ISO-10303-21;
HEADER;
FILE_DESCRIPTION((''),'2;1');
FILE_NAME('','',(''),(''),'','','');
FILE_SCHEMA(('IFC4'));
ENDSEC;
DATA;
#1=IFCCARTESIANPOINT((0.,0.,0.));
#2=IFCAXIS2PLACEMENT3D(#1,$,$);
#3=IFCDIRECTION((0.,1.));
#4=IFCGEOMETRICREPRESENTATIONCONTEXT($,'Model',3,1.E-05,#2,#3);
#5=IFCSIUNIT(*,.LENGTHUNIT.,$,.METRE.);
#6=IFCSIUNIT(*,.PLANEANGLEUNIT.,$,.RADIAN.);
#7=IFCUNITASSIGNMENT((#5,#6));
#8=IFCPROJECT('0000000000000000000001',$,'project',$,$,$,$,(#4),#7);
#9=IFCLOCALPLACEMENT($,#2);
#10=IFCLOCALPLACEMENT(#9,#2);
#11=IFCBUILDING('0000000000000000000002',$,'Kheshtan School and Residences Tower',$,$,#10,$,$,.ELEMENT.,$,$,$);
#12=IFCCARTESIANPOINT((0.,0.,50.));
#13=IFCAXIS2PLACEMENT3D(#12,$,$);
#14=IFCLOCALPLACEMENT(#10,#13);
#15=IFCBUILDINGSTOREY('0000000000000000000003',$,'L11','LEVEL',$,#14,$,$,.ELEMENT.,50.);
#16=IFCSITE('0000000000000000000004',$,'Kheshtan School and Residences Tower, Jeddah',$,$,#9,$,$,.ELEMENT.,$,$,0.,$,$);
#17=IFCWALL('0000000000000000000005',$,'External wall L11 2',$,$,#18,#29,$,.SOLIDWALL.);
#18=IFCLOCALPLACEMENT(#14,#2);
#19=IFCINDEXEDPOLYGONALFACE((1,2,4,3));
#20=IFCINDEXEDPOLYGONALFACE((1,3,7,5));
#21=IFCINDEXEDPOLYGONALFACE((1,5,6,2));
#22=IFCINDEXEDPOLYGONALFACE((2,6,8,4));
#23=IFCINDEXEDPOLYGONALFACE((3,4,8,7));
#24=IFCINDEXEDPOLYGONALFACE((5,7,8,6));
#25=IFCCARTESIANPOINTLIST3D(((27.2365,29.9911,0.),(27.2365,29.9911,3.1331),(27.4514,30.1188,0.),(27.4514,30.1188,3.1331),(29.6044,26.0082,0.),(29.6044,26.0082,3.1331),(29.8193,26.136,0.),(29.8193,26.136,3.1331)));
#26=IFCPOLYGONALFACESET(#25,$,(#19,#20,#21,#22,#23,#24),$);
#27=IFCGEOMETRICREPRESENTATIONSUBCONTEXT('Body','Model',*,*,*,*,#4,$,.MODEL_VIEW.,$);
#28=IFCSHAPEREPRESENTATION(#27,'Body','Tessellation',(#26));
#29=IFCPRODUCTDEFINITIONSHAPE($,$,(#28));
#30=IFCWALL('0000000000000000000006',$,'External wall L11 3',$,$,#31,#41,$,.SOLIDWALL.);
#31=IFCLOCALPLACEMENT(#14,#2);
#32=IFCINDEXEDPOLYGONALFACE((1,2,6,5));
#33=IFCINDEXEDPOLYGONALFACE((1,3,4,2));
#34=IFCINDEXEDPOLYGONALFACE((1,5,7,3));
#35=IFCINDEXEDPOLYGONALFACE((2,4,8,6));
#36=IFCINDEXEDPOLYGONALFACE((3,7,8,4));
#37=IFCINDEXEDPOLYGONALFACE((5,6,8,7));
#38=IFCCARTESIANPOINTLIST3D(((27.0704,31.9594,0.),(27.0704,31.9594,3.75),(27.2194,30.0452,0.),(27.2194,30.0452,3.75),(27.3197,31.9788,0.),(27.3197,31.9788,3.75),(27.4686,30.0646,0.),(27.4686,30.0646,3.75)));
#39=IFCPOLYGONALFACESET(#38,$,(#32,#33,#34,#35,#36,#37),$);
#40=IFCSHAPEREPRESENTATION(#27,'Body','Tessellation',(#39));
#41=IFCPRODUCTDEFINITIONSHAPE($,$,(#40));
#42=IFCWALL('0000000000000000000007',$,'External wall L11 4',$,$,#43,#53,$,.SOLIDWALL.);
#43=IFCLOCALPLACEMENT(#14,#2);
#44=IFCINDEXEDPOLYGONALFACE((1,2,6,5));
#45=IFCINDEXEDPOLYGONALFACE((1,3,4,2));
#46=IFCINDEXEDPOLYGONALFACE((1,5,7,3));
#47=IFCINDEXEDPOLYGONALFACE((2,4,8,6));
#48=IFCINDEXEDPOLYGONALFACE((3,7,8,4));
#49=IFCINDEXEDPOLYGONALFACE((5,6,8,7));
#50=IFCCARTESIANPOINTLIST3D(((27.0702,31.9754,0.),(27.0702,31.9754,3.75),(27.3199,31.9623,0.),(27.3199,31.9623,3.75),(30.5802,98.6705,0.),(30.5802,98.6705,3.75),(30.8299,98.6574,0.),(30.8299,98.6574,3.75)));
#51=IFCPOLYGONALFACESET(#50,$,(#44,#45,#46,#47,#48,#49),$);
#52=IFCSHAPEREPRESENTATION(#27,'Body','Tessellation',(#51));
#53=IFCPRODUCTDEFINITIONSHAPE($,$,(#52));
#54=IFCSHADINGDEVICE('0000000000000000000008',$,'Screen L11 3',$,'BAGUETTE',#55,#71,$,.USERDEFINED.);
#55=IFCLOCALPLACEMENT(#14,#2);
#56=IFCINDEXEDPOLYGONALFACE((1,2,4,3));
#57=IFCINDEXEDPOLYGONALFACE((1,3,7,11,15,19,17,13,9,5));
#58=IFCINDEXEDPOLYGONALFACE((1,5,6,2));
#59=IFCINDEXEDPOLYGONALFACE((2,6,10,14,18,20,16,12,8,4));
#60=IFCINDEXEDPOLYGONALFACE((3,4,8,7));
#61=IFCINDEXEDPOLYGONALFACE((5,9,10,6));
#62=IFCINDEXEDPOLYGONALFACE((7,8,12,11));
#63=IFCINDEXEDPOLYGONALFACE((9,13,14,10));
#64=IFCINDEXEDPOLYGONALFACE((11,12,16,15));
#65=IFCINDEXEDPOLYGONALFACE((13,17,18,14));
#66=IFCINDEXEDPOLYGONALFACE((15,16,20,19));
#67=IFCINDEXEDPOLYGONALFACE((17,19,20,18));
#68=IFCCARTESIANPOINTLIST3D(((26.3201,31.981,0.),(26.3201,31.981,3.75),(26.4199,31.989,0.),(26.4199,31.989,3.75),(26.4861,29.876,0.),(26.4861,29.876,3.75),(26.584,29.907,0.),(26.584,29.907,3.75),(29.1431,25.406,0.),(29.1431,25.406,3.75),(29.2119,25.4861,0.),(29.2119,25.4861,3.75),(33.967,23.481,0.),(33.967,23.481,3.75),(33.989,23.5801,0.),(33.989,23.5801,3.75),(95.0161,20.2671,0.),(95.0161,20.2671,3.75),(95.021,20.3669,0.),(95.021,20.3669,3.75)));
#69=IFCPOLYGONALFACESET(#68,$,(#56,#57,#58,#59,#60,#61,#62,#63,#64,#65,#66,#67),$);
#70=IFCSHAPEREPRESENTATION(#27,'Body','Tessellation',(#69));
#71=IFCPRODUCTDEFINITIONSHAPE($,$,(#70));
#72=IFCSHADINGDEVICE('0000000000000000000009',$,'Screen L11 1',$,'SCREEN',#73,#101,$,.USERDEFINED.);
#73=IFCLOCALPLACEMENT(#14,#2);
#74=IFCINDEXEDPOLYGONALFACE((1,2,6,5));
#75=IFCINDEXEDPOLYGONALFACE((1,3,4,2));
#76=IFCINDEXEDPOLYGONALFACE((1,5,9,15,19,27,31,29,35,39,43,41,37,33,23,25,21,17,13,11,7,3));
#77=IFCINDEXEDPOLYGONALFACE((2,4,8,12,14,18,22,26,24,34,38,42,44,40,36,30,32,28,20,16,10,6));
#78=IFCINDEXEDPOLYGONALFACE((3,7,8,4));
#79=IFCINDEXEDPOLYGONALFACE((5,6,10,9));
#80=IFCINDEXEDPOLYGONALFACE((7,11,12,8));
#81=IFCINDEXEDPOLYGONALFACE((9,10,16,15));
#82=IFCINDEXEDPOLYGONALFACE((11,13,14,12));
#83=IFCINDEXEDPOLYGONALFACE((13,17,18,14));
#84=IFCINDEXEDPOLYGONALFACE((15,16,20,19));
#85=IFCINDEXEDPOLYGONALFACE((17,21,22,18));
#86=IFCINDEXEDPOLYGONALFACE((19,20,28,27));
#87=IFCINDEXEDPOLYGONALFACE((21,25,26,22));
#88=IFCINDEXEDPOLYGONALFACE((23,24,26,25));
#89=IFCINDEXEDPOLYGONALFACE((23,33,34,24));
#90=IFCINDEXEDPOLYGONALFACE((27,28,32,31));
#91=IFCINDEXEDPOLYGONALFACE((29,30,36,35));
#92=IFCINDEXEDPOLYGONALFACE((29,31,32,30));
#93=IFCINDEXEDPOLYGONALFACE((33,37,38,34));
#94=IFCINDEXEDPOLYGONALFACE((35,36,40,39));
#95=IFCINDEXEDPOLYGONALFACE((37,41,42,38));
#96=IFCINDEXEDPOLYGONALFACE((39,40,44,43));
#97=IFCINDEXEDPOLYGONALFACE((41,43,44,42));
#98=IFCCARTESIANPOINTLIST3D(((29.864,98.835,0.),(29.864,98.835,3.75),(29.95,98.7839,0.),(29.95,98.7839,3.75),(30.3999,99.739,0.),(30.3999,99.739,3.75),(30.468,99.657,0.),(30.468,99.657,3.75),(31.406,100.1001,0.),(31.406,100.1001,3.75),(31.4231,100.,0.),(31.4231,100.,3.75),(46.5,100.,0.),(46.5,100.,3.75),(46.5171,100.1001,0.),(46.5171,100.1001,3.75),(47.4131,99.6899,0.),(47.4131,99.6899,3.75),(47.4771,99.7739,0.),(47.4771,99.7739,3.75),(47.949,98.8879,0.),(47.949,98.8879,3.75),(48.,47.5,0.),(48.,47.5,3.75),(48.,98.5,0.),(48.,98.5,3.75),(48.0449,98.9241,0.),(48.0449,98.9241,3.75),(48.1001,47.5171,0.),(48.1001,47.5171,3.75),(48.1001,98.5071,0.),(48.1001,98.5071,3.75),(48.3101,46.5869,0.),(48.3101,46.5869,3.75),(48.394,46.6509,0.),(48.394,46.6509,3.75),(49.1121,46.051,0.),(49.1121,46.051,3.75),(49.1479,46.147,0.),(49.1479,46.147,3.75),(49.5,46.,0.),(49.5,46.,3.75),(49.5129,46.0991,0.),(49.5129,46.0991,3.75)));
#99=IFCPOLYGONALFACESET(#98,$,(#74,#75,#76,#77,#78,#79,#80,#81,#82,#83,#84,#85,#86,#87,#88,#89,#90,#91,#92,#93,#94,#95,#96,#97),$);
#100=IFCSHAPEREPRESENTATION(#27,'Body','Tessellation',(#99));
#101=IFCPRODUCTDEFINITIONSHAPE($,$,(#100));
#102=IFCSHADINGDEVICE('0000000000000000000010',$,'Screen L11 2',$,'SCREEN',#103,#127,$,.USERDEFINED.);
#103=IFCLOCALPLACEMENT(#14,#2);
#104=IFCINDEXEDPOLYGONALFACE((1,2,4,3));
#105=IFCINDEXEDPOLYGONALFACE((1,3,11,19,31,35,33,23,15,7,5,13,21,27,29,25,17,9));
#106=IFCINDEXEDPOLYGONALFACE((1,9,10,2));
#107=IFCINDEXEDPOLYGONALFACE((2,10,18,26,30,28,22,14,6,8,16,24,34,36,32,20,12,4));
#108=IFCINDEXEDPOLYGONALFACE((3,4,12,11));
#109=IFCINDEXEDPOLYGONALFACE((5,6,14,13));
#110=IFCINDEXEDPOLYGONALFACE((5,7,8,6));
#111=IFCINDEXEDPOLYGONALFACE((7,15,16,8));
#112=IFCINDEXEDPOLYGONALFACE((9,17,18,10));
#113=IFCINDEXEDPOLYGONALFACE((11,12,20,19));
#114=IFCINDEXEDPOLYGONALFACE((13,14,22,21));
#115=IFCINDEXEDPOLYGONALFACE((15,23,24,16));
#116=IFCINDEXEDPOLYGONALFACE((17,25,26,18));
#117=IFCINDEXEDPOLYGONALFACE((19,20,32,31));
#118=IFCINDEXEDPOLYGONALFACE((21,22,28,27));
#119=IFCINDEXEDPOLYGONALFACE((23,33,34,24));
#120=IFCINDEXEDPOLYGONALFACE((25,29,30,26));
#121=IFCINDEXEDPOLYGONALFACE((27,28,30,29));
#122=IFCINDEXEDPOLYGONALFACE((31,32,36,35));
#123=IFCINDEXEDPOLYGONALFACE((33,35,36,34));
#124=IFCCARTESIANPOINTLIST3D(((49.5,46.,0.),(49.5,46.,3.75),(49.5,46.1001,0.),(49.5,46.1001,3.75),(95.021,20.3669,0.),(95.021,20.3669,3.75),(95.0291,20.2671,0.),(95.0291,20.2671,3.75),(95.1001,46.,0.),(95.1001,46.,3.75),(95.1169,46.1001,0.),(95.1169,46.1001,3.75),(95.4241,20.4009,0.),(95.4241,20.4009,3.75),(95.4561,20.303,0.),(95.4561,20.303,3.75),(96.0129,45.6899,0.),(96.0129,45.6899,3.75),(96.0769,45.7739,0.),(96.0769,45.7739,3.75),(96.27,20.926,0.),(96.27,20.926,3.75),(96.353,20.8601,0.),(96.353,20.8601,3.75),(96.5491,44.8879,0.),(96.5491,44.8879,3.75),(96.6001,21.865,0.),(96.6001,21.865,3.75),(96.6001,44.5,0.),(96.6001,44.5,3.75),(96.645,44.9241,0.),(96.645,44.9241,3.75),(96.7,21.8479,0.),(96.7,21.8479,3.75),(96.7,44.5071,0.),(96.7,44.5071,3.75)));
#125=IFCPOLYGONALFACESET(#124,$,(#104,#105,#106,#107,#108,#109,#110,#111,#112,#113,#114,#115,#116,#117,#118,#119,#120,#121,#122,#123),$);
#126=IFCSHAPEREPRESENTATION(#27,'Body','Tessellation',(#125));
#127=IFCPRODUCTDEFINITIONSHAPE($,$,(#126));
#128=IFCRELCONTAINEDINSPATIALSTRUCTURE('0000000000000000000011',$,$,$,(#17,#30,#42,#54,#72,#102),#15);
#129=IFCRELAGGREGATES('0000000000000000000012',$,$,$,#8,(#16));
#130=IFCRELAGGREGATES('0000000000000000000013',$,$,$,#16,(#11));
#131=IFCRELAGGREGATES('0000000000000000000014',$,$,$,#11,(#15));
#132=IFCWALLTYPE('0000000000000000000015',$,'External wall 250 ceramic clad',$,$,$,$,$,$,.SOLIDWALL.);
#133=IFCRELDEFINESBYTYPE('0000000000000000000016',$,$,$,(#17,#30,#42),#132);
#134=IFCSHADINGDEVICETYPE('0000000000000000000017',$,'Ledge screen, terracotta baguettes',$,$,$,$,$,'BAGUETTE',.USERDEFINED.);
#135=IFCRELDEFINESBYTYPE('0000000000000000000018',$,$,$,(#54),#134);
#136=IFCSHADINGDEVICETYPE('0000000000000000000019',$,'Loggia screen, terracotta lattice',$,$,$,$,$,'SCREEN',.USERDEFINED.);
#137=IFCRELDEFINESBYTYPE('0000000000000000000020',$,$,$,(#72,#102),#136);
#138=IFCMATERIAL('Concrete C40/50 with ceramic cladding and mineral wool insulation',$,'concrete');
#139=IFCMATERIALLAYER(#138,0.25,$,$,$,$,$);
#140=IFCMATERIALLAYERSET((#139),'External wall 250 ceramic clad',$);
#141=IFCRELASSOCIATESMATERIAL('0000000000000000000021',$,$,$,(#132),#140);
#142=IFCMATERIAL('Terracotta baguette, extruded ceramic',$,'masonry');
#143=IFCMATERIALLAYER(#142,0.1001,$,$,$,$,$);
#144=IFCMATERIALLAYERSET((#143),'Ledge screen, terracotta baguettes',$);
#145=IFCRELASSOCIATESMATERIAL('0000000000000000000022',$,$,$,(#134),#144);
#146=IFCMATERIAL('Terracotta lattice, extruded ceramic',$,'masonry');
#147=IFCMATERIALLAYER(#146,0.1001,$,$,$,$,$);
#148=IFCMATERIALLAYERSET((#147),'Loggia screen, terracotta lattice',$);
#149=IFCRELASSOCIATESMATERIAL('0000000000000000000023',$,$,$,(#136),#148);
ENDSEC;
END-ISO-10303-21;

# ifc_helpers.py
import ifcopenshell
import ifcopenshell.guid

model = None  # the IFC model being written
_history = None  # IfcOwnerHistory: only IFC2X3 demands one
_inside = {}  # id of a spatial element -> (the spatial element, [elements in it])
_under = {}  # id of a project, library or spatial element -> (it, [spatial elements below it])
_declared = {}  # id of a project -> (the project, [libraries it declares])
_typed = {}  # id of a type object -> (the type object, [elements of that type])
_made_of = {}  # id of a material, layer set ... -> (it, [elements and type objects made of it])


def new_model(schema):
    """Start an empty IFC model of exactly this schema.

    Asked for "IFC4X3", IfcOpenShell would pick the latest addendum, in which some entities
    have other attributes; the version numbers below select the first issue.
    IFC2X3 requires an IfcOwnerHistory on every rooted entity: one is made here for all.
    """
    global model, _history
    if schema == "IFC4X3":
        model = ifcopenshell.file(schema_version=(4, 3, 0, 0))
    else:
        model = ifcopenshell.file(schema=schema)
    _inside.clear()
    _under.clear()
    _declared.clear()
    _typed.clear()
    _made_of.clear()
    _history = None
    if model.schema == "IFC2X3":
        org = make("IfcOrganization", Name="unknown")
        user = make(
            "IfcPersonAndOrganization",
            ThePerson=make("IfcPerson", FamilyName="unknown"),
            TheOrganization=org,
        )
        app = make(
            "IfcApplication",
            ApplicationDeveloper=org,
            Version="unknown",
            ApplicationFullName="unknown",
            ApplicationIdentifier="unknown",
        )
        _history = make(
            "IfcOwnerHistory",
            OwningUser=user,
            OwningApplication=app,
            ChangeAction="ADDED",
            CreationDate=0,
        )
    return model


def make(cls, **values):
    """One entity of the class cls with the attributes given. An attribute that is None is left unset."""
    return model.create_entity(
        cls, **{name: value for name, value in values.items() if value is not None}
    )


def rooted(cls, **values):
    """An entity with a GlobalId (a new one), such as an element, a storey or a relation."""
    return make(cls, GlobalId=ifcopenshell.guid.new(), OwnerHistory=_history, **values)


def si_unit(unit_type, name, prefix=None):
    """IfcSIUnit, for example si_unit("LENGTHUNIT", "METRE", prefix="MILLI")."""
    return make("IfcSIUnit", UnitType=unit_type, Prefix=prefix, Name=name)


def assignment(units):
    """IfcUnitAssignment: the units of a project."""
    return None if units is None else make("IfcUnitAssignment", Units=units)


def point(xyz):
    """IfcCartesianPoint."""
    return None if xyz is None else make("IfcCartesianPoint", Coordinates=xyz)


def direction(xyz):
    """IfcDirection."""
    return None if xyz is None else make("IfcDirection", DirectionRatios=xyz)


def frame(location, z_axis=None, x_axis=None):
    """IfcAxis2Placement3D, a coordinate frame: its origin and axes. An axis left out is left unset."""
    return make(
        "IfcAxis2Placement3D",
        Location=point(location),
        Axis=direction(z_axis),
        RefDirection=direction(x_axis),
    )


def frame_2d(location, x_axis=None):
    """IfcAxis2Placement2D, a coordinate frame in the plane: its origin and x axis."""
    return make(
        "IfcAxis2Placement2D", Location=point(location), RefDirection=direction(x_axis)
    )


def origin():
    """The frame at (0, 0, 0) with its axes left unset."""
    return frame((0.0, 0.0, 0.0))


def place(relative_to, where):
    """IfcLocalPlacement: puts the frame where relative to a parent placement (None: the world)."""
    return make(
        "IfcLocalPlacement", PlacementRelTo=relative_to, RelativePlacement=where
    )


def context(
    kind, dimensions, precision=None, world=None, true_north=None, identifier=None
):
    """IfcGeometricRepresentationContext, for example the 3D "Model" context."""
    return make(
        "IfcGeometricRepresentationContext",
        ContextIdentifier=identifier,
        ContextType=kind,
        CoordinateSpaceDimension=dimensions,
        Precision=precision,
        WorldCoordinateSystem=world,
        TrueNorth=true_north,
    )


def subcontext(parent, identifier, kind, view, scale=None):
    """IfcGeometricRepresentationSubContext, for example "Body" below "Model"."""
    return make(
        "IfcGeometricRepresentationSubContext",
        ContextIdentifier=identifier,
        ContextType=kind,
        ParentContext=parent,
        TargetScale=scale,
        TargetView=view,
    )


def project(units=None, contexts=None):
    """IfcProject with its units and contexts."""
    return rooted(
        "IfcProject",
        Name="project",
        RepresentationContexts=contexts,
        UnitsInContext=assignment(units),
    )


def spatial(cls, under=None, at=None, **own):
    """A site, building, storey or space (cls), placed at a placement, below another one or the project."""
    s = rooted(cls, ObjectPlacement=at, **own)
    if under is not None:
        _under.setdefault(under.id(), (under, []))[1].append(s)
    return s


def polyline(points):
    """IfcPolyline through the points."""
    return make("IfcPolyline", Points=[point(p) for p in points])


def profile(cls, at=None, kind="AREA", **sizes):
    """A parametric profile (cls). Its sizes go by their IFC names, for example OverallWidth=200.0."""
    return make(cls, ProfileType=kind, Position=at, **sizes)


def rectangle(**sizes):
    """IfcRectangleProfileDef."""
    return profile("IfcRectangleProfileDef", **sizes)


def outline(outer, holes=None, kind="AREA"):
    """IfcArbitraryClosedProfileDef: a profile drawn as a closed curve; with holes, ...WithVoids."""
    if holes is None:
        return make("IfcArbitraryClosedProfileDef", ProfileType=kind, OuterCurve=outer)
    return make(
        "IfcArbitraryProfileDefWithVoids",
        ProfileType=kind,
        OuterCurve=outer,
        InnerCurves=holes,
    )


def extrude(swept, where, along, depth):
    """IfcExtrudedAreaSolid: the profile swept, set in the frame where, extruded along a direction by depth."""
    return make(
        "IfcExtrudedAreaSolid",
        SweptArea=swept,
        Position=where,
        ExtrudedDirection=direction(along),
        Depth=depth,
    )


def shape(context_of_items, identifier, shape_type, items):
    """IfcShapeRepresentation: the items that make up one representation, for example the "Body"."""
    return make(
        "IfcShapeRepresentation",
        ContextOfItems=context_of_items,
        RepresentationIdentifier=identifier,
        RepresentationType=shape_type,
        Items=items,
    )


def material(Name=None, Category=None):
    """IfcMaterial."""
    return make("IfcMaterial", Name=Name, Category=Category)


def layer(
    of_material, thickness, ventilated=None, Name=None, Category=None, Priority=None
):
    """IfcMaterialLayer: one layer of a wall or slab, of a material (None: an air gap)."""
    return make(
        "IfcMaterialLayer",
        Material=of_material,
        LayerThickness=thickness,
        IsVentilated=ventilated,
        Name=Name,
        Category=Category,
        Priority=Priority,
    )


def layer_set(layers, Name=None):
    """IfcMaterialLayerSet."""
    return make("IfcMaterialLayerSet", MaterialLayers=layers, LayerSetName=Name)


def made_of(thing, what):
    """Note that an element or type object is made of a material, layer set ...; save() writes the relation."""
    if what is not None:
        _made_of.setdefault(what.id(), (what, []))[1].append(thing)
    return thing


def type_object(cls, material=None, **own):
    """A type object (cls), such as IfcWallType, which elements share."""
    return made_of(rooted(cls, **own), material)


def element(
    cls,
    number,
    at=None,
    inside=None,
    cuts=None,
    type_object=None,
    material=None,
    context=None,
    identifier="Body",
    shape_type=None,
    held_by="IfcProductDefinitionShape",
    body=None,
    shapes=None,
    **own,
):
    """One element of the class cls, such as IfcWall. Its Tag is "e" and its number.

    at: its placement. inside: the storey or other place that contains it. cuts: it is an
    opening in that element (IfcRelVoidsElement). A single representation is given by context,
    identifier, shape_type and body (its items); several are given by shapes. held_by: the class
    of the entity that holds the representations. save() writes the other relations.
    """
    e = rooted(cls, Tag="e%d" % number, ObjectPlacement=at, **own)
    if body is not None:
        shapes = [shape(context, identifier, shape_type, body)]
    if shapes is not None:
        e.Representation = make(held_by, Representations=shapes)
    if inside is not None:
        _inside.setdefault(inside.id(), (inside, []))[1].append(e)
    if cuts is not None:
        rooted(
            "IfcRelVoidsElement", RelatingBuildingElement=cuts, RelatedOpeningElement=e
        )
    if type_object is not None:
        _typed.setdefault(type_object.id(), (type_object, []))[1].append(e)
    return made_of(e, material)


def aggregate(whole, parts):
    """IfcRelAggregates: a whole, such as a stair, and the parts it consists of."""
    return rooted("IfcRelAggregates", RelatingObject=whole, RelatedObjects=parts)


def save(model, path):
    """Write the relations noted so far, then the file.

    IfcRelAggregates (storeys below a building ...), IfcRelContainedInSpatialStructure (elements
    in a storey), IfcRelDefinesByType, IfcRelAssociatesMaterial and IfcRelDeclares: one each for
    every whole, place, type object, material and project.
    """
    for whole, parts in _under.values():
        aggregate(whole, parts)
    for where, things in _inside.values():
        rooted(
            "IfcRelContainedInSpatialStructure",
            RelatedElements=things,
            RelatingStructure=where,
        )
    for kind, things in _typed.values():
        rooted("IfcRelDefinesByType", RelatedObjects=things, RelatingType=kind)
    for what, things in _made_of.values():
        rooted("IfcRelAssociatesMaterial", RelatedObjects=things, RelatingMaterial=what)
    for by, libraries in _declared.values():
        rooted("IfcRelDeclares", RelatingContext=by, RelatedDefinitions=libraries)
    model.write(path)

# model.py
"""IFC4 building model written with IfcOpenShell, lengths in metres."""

from ifc_helpers import new_model, si_unit, direction, frame, frame_2d, origin, place, context, subcontext, project, spatial, polyline, rectangle, outline, extrude, material, layer, layer_set, type_object, element, save


model = new_model("IFC4")

# Units and contexts
model_context = context("Model", 3, precision=1e-05, world=origin(), true_north=direction((0.0, 1.0)))
body_context = subcontext(model_context, "Body", "Model", "MODEL_VIEW")
ifc_project = project(units=[si_unit("LENGTHUNIT", "METRE"), si_unit("PLANEANGLEUNIT", "RADIAN")], contexts=[model_context])

# Site, building, storey
site_placement = place(None, origin())
site = spatial("IfcSite", under=ifc_project, at=site_placement, Name="Kheshtan School and Residences Tower, Jeddah", CompositionType="ELEMENT", RefElevation=0.0)
building_placement = place(site_placement, origin())
building = spatial("IfcBuilding", under=site, at=building_placement, Name="Kheshtan School and Residences Tower", CompositionType="ELEMENT")
storey_placement = place(building_placement, frame((0.0, 0.0, 50.0)))
storey = spatial("IfcBuildingStorey", under=building, at=storey_placement, Name="L11", Description="LEVEL", CompositionType="ELEMENT", Elevation=50.0)

# Walls
ifc_material_1 = material(Name="Concrete C40/50 with ceramic cladding and mineral wool insulation", Category="concrete")
ifc_layer_1 = layer(ifc_material_1, 0.25)
ifc_layer_set_1 = layer_set([ifc_layer_1], Name="External wall 250 ceramic clad")
wall_type_1 = type_object("IfcWallType", Name="External wall 250 ceramic clad", PredefinedType="SOLIDWALL", material=ifc_layer_set_1)
wall_1_placement = place(storey_placement, frame((29.7119, 26.072, 0.0), z_axis=(0.0, 0.0, 1.0), x_axis=(-0.511028, 0.859564, 0.0)))
element("IfcWall", 1, at=wall_1_placement, inside=storey, type_object=wall_type_1, Name="External wall L11 2", PredefinedType="SOLIDWALL", context=body_context, shape_type="SweptSolid", body=[
    extrude(rectangle(XDim=4.6335, YDim=0.25, at=frame_2d((2.3169, 0.0))), origin(), (0.0, 0.0, 1.0), 3.1331),
])
wall_2_placement = place(storey_placement, frame((27.344, 30.0549, 0.0), z_axis=(0.0, 0.0, 1.0), x_axis=(-0.077572, 0.996987, 0.0)))
element("IfcWall", 2, at=wall_2_placement, inside=storey, type_object=wall_type_1, Name="External wall L11 3", PredefinedType="SOLIDWALL", context=body_context, shape_type="SweptSolid", body=[
    extrude(rectangle(XDim=1.9199, YDim=0.25, at=frame_2d((0.96, 0.0))), origin(), (0.0, 0.0, 1.0), 3.75),
])
wall_3_placement = place(storey_placement, frame((27.1951, 31.969, 0.0), z_axis=(0.0, 0.0, 1.0), x_axis=(0.052555, 0.998618, 0.0)))
element("IfcWall", 3, at=wall_3_placement, inside=storey, type_object=wall_type_1, Name="External wall L11 4", PredefinedType="SOLIDWALL", context=body_context, shape_type="SweptSolid", body=[
    extrude(rectangle(XDim=66.7874, YDim=0.25, at=frame_2d((33.3936, 0.0))), origin(), (0.0, 0.0, 1.0), 3.75),
])

# Shading devices
ifc_material_2 = material(Name="Terracotta baguette, extruded ceramic", Category="masonry")
ifc_layer_2 = layer(ifc_material_2, 0.1001)
ifc_layer_set_2 = layer_set([ifc_layer_2], Name="Ledge screen, terracotta baguettes")
shading_device_type_1 = type_object("IfcShadingDeviceType", Name="Ledge screen, terracotta baguettes", ElementType="BAGUETTE", PredefinedType="USERDEFINED", material=ifc_layer_set_2)
shading_device_1_placement = place(storey_placement, origin())
element("IfcShadingDevice", 4, at=shading_device_1_placement, inside=storey, type_object=shading_device_type_1, Name="Screen L11 3", ObjectType="BAGUETTE", PredefinedType="USERDEFINED", context=body_context, shape_type="SweptSolid", body=[
    extrude(outline(polyline([(95.021, 20.3669), (33.989, 23.5801), (29.2119, 25.4861), (26.584, 29.907), (26.4199, 31.989), (26.3201, 31.981), (26.4861, 29.876), (29.1431, 25.406), (33.967, 23.481), (95.0161, 20.2671), (95.021, 20.3669)])), origin(), (0.0, 0.0, 1.0), 3.75),
])
ifc_material_3 = material(Name="Terracotta lattice, extruded ceramic", Category="masonry")
ifc_layer_3 = layer(ifc_material_3, 0.1001)
ifc_layer_set_3 = layer_set([ifc_layer_3], Name="Loggia screen, terracotta lattice")
shading_device_type_2 = type_object("IfcShadingDeviceType", Name="Loggia screen, terracotta lattice", ElementType="SCREEN", PredefinedType="USERDEFINED", material=ifc_layer_set_3)
shading_device_2_placement = place(storey_placement, origin())
element("IfcShadingDevice", 5, at=shading_device_2_placement, inside=storey, type_object=shading_device_type_2, Name="Screen L11 1", ObjectType="SCREEN", PredefinedType="USERDEFINED", context=body_context, shape_type="SweptSolid", body=[
    extrude(outline(polyline([(29.95, 98.7839), (30.468, 99.657), (31.4231, 100.0), (46.5, 100.0), (47.4131, 99.6899), (47.949, 98.8879), (48.0, 98.5), (48.0, 47.5), (48.3101, 46.5869), (49.1121, 46.051), (49.5, 46.0), (49.5129, 46.0991), (49.1479, 46.147), (48.394, 46.6509), (48.1001, 47.5171), (48.1001, 98.5071), (48.0449, 98.9241), (47.4771, 99.7739), (46.5171, 100.1001), (31.406, 100.1001), (30.3999, 99.739), (29.864, 98.835), (29.95, 98.7839)])), origin(), (0.0, 0.0, 1.0), 3.75),
])
shading_device_3_placement = place(storey_placement, origin())
element("IfcShadingDevice", 6, at=shading_device_3_placement, inside=storey, type_object=shading_device_type_2, Name="Screen L11 2", ObjectType="SCREEN", PredefinedType="USERDEFINED", context=body_context, shape_type="SweptSolid", body=[
    extrude(outline(polyline([(49.5, 46.0), (95.1001, 46.0), (96.0129, 45.6899), (96.5491, 44.8879), (96.6001, 44.5), (96.6001, 21.865), (96.27, 20.926), (95.4241, 20.4009), (95.021, 20.3669), (95.0291, 20.2671), (95.4561, 20.303), (96.353, 20.8601), (96.7, 21.8479), (96.7, 44.5071), (96.645, 44.9241), (96.0769, 45.7739), (95.1169, 46.1001), (49.5, 46.1001), (49.5, 46.0)])), origin(), (0.0, 0.0, 1.0), 3.75),
])

save(model, "model.ifc")
